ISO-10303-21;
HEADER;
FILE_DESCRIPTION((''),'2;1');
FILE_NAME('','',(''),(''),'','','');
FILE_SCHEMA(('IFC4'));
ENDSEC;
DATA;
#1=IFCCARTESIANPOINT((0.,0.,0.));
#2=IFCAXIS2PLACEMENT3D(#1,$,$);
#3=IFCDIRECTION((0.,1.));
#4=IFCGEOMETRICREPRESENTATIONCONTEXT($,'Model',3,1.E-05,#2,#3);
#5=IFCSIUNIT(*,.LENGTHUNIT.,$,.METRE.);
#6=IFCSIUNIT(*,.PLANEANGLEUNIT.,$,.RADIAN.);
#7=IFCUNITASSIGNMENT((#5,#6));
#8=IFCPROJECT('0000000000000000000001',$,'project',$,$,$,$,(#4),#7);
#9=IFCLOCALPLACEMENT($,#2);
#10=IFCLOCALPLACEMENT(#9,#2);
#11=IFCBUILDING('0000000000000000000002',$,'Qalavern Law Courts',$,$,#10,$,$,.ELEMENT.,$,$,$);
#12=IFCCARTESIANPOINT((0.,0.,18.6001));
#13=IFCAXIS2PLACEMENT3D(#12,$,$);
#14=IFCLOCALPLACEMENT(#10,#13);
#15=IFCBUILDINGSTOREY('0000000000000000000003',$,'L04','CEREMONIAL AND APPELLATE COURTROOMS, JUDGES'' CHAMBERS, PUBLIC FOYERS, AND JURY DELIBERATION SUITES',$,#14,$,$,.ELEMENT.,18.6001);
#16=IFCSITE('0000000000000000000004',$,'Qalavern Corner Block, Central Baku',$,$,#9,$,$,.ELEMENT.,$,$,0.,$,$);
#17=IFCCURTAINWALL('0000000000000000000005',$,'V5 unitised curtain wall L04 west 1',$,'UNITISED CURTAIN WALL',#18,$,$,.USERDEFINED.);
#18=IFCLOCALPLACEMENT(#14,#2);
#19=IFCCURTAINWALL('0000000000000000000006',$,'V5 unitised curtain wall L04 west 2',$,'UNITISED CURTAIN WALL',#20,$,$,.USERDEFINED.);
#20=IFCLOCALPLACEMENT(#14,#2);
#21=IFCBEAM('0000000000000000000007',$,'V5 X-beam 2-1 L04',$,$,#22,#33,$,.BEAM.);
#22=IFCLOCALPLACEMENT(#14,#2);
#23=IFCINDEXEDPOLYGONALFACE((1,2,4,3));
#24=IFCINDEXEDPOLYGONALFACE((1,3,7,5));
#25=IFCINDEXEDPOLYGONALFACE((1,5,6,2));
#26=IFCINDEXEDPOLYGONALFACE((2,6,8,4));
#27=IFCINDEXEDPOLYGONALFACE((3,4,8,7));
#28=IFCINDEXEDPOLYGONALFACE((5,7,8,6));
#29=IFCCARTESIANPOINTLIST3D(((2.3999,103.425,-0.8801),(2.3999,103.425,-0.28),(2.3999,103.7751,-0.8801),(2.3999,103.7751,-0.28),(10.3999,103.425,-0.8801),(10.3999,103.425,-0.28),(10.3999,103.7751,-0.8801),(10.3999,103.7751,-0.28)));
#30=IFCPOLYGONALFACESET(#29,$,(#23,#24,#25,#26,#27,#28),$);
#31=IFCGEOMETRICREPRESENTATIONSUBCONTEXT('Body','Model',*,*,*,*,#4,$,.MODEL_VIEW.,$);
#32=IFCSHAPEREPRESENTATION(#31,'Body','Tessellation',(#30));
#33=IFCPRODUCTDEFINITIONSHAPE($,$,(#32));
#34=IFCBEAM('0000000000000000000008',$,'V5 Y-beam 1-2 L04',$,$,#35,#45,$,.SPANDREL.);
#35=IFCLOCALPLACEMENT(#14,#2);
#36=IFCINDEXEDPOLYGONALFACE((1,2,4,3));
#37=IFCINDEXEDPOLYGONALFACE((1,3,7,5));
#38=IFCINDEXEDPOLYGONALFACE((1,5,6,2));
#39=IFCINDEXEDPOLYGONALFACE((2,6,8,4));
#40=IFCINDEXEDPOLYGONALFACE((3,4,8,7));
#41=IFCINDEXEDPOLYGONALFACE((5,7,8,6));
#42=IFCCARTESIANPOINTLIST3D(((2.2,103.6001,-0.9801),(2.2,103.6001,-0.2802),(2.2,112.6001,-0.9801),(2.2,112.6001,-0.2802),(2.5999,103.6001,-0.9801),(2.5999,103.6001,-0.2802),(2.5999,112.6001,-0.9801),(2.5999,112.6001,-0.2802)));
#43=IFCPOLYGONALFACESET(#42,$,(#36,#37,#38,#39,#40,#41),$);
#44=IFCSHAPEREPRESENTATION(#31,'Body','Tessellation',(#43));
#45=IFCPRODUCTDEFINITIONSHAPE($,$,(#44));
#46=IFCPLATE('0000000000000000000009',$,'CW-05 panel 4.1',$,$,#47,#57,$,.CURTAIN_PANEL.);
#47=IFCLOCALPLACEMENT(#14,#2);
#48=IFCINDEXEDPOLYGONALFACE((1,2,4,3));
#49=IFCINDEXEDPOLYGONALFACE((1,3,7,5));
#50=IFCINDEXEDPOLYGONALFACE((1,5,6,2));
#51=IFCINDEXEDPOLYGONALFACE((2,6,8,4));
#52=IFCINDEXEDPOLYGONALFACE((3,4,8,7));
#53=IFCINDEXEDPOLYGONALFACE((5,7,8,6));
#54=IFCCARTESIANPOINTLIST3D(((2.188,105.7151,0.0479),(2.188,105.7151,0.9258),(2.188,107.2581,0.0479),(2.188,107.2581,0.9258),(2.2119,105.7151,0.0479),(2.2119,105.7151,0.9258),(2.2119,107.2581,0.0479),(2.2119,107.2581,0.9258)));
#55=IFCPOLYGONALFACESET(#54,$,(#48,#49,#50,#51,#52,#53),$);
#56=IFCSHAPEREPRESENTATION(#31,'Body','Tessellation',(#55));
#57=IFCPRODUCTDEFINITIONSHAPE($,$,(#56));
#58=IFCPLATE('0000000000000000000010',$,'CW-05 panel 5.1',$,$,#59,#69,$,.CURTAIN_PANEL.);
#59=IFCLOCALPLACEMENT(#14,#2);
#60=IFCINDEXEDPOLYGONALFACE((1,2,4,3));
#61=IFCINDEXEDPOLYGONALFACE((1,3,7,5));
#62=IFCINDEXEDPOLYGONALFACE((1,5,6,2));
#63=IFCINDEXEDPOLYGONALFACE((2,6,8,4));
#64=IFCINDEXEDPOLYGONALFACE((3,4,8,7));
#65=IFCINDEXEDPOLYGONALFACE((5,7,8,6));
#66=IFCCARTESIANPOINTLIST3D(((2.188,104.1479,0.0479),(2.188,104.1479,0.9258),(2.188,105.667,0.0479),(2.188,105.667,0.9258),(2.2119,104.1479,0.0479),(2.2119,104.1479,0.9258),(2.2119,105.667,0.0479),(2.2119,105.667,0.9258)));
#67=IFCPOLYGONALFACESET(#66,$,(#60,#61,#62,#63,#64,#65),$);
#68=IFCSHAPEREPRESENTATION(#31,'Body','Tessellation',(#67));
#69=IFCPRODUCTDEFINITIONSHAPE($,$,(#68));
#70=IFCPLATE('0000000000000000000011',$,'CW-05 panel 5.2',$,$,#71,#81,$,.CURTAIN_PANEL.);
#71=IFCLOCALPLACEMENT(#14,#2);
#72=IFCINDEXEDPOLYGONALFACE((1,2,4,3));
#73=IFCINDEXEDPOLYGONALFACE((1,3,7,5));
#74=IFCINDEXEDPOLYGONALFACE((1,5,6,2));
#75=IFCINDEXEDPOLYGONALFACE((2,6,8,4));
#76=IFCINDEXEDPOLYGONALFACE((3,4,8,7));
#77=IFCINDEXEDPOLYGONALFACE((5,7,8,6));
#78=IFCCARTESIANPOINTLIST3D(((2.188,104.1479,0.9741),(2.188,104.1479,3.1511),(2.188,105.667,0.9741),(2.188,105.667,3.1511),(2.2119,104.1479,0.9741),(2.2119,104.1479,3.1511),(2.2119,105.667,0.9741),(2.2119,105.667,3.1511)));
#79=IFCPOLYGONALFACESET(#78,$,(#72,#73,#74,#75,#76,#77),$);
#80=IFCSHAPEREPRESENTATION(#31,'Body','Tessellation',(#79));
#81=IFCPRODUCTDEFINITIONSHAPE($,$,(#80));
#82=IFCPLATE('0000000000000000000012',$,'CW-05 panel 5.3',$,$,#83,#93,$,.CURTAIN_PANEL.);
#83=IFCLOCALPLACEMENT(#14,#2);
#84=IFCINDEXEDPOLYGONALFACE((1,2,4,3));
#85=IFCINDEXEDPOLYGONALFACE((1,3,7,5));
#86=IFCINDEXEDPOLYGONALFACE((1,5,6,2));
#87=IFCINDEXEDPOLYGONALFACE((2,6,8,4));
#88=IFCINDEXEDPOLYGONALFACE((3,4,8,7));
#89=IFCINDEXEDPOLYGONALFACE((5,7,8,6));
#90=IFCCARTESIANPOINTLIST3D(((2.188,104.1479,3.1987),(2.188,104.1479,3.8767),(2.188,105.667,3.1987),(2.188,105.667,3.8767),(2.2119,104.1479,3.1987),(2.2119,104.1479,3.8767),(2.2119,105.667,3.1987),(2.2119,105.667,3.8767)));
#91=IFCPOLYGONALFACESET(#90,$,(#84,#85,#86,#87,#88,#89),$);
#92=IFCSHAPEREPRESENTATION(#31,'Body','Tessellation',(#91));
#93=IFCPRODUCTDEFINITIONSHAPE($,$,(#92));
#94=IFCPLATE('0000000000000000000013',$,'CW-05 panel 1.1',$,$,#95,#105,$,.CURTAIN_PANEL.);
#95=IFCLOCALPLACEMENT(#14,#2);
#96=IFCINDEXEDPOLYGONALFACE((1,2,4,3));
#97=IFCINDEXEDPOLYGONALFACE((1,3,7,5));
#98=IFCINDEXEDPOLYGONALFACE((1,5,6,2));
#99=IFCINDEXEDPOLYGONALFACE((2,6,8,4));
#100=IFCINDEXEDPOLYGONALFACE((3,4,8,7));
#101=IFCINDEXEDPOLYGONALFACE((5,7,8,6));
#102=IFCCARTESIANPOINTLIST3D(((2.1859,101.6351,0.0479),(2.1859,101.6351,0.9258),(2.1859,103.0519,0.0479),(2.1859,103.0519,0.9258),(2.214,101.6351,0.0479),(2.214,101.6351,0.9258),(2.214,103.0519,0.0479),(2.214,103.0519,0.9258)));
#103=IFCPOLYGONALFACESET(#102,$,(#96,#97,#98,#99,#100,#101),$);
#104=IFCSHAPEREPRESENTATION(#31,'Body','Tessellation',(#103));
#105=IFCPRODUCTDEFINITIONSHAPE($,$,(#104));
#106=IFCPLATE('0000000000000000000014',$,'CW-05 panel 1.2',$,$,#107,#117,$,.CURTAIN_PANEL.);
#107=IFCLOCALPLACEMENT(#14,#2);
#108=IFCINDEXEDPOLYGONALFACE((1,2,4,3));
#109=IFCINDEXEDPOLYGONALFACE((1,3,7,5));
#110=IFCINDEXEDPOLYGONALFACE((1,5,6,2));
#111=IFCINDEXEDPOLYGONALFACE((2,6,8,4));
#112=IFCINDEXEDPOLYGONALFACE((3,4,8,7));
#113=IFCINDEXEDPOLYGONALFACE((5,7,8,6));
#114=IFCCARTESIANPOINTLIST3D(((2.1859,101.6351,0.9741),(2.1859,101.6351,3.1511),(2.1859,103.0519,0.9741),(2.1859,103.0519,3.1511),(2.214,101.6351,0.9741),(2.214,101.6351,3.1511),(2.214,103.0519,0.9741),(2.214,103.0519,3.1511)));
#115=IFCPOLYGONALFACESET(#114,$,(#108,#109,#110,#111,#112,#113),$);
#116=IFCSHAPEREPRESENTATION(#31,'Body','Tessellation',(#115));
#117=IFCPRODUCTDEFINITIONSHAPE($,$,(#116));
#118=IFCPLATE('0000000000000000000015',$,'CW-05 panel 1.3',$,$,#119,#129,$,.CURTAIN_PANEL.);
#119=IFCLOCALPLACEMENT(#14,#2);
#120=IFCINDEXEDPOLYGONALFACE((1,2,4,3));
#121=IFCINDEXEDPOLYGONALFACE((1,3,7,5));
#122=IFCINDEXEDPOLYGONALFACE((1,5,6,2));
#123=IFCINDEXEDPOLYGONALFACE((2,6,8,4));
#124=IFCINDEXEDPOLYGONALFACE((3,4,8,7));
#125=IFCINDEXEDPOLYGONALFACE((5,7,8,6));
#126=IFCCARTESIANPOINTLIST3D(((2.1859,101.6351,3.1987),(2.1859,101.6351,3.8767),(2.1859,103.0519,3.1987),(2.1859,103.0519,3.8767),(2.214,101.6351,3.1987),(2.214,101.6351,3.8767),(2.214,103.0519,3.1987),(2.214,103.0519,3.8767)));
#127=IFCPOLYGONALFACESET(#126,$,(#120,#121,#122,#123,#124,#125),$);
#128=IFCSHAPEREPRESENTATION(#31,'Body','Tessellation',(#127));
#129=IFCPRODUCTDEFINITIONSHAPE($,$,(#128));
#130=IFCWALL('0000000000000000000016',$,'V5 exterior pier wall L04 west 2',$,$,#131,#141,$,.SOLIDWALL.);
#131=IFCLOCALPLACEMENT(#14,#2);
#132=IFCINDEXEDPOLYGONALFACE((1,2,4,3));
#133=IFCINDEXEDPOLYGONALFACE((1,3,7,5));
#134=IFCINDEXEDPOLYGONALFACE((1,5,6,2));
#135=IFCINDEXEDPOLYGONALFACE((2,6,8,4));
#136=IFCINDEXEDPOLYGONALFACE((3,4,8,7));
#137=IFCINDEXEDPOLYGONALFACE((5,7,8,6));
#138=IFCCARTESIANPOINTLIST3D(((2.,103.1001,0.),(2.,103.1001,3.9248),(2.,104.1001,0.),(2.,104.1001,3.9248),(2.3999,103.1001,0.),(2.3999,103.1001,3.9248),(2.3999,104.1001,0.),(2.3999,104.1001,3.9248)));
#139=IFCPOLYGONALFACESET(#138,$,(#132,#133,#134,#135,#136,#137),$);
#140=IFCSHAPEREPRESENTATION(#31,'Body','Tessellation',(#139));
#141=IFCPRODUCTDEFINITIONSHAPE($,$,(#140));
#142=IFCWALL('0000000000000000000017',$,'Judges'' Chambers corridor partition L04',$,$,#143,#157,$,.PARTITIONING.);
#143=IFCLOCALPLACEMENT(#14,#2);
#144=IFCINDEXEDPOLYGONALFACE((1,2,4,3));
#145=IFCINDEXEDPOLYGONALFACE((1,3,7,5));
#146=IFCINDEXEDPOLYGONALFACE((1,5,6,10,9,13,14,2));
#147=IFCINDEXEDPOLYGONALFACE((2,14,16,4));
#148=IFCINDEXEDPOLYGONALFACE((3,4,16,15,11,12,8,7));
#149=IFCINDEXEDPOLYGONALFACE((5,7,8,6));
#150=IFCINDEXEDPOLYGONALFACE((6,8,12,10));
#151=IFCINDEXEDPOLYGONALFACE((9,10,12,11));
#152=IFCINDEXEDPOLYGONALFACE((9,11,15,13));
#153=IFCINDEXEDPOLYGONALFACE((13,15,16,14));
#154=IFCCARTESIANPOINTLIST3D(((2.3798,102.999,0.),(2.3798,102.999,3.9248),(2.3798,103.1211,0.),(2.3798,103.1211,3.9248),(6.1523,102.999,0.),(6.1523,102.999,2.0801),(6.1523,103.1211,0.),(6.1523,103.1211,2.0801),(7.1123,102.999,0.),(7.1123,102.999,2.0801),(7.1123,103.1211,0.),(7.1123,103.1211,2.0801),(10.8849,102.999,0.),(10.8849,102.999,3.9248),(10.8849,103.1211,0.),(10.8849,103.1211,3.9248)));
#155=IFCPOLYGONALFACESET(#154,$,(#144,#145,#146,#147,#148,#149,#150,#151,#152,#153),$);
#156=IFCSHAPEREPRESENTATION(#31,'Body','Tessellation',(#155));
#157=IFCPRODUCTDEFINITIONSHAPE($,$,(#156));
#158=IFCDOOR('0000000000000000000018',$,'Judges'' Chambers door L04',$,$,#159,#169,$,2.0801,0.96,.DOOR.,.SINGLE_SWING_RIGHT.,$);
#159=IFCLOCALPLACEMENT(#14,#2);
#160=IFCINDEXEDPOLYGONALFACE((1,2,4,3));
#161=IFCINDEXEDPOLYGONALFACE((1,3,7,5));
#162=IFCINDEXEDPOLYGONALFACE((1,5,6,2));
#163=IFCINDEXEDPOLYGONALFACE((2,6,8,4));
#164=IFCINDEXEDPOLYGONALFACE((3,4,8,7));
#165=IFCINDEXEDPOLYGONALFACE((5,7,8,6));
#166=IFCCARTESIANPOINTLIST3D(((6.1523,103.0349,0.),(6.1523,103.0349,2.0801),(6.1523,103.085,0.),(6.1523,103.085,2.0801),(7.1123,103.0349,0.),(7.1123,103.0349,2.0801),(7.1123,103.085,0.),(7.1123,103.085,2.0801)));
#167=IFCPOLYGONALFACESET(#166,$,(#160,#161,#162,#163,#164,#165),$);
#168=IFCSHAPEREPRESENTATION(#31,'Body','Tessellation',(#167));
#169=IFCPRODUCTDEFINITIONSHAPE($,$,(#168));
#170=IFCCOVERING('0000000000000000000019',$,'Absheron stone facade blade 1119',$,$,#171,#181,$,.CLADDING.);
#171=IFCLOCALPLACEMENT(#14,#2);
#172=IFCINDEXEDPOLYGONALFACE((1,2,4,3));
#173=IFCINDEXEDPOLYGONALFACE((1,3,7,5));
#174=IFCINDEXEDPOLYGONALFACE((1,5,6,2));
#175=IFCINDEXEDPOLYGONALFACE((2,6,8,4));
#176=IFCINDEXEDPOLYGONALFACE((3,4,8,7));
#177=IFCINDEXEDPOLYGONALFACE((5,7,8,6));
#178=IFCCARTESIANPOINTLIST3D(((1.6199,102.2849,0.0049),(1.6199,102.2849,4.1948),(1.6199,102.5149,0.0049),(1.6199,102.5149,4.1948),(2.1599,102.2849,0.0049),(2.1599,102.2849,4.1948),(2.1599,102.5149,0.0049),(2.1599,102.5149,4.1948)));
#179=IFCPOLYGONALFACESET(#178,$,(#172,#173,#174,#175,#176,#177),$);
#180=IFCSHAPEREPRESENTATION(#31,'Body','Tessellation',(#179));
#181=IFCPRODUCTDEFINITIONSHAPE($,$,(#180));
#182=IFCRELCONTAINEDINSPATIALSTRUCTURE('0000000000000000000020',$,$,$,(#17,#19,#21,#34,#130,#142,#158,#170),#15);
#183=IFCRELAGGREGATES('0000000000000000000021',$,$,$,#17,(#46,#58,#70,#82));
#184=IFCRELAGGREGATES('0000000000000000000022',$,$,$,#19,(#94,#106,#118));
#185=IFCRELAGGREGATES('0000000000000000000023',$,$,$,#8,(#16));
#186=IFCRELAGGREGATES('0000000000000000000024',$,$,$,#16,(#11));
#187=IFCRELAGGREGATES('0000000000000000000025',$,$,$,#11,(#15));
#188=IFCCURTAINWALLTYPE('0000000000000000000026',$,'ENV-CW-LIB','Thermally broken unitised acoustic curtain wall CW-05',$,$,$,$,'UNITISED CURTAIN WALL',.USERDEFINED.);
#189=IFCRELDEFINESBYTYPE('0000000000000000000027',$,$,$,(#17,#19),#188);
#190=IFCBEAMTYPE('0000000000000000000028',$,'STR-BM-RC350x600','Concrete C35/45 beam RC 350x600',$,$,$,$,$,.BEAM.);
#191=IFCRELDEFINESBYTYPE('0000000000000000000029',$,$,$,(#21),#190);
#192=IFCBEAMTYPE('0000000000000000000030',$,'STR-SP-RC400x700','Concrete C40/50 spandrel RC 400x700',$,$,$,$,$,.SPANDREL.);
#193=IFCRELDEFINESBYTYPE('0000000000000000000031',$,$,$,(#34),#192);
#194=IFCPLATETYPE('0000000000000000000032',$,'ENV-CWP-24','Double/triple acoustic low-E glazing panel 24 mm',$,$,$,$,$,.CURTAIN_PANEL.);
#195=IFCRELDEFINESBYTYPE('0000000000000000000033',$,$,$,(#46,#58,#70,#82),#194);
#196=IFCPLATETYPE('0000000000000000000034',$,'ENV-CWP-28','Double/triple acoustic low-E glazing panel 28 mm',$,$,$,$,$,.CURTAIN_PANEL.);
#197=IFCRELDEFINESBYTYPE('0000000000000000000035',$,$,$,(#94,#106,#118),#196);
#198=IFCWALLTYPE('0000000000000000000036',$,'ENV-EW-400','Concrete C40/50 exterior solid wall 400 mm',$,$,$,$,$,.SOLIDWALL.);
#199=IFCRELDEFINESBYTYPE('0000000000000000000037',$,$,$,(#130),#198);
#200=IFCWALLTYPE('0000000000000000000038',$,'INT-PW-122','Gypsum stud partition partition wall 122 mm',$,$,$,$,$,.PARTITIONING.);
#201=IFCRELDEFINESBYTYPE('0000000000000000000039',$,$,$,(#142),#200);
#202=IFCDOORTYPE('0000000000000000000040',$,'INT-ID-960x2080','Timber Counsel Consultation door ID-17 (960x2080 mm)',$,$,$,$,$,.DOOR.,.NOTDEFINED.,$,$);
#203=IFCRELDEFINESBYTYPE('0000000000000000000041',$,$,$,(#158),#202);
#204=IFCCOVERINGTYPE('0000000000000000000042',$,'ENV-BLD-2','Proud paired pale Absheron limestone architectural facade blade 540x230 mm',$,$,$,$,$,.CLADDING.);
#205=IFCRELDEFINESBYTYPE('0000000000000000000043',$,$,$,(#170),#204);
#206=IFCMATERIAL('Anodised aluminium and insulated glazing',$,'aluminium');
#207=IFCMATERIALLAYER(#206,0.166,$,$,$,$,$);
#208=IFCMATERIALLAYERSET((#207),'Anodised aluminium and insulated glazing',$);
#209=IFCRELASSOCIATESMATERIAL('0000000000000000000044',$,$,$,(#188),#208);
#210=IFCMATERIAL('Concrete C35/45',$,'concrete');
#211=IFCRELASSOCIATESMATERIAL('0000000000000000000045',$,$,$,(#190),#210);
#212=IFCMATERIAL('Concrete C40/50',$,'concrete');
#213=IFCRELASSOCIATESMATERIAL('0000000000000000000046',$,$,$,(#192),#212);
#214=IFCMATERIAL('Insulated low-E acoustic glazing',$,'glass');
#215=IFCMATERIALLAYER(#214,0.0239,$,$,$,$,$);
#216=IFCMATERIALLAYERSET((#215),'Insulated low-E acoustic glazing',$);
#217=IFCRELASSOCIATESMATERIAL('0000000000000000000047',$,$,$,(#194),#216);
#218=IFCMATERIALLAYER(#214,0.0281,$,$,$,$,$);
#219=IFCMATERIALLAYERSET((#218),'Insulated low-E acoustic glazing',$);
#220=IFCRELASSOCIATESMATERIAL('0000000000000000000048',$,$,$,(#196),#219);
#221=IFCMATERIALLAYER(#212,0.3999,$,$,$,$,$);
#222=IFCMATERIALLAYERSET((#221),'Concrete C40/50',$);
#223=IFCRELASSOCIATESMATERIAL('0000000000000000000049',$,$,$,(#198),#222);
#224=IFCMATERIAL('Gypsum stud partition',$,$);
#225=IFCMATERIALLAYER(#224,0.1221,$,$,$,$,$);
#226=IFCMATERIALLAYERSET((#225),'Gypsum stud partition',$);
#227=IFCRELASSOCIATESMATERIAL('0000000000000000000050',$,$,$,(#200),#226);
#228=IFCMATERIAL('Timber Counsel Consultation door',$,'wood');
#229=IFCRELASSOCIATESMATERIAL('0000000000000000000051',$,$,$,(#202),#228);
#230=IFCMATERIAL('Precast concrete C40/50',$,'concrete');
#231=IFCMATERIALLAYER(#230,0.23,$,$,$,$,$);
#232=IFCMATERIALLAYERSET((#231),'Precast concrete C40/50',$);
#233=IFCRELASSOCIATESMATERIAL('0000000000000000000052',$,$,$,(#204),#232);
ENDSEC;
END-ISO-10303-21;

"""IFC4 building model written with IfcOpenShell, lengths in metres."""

from ifc_helpers import new_model, si_unit, direction, frame, frame_2d, origin, origin_2d, place, context, subcontext, project, spatial, rectangle, extrude, material, layer, layer_set, material_profile, profile_set, type_object, element, fill, aggregate, save


model = new_model("IFC4")

# Units and contexts
model_context = context("Model", 3, precision=1e-05, world=origin(), true_north=direction((0.0, 1.0)))
body_context = subcontext(model_context, "Body", "Model", "MODEL_VIEW")
ifc_project = project(units=[si_unit("LENGTHUNIT", "METRE"), si_unit("PLANEANGLEUNIT", "RADIAN")], contexts=[model_context])

# Site, building, storey
site_placement = place(None, origin())
site = spatial("IfcSite", under=ifc_project, at=site_placement, Name="Qalavern Corner Block, Central Baku", CompositionType="ELEMENT", RefElevation=0.0)
building_placement = place(site_placement, origin())
building = spatial("IfcBuilding", under=site, at=building_placement, Name="Qalavern Law Courts", CompositionType="ELEMENT")
storey_placement = place(building_placement, frame((0.0, 0.0, 18.6001)))
storey = spatial("IfcBuildingStorey", under=building, at=storey_placement, Name="L04", Description="CEREMONIAL AND APPELLATE COURTROOMS, JUDGES' CHAMBERS, PUBLIC FOYERS, AND JURY DELIBERATION SUITES", CompositionType="ELEMENT", Elevation=18.6001)

# Curtain walls
ifc_material_1 = material(Name="Anodised aluminium and insulated glazing", Category="aluminium")
ifc_layer_1 = layer(ifc_material_1, 0.166)
ifc_layer_set_1 = layer_set([ifc_layer_1], Name="Anodised aluminium and insulated glazing")
curtain_wall_type = type_object("IfcCurtainWallType", Name="ENV-CW-LIB", Description="Thermally broken unitised acoustic curtain wall CW-05", ElementType="UNITISED CURTAIN WALL", PredefinedType="USERDEFINED", material=ifc_layer_set_1)
curtain_wall_1_placement = place(storey_placement, origin())
curtain_wall_1 = element("IfcCurtainWall", 1, at=curtain_wall_1_placement, inside=storey, type_object=curtain_wall_type, Name="V5 unitised curtain wall L04 west 1", ObjectType="UNITISED CURTAIN WALL", PredefinedType="USERDEFINED")
curtain_wall_2_placement = place(storey_placement, origin())
curtain_wall_2 = element("IfcCurtainWall", 2, at=curtain_wall_2_placement, inside=storey, type_object=curtain_wall_type, Name="V5 unitised curtain wall L04 west 2", ObjectType="UNITISED CURTAIN WALL", PredefinedType="USERDEFINED")

# Beams
ifc_material_2 = material(Name="Concrete C35/45", Category="concrete")
ifc_material_profile_1 = material_profile(ifc_material_2, rectangle(XDim=0.3501, YDim=0.6001, at=origin_2d()), Name="RC 350x600")
ifc_profile_set_1 = profile_set([ifc_material_profile_1], Name="Concrete C35/45")
beam_type_1 = type_object("IfcBeamType", Name="STR-BM-RC350x600", Description="Concrete C35/45 beam RC 350x600", PredefinedType="BEAM", material=ifc_profile_set_1)
beam_1_placement = place(storey_placement, frame((2.3999, 103.6001, -0.5801), z_axis=(1.0, 0.0, 0.0), x_axis=(0.0, 1.0, 0.0)))
element("IfcBeam", 3, at=beam_1_placement, inside=storey, type_object=beam_type_1, Name="V5 X-beam 2-1 L04", PredefinedType="BEAM", context=body_context, shape_type="SweptSolid", body=[
    extrude(rectangle(XDim=0.3501, YDim=0.6001, at=origin_2d()), origin(), (0.0, 0.0, 1.0), 8.0),
])
ifc_material_3 = material(Name="Concrete C40/50", Category="concrete")
ifc_material_profile_2 = material_profile(ifc_material_3, rectangle(XDim=0.3999, YDim=0.7, at=origin_2d()), Name="RC 400x700")
ifc_profile_set_2 = profile_set([ifc_material_profile_2], Name="Concrete C40/50")
beam_type_2 = type_object("IfcBeamType", Name="STR-SP-RC400x700", Description="Concrete C40/50 spandrel RC 400x700", PredefinedType="SPANDREL", material=ifc_profile_set_2)
beam_2_placement = place(storey_placement, frame((2.3999, 103.6001, -0.6301), z_axis=(0.0, 1.0, 0.0), x_axis=(-1.0, 0.0, 0.0)))
element("IfcBeam", 4, at=beam_2_placement, inside=storey, type_object=beam_type_2, Name="V5 Y-beam 1-2 L04", PredefinedType="SPANDREL", context=body_context, shape_type="SweptSolid", body=[
    extrude(rectangle(XDim=0.3999, YDim=0.7, at=origin_2d()), origin(), (0.0, 0.0, 1.0), 9.0),
])

# Plates
ifc_material_4 = material(Name="Insulated low-E acoustic glazing", Category="glass")
ifc_layer_2 = layer(ifc_material_4, 0.0239)
ifc_layer_set_2 = layer_set([ifc_layer_2], Name="Insulated low-E acoustic glazing")
plate_type_1 = type_object("IfcPlateType", Name="ENV-CWP-24", Description="Double/triple acoustic low-E glazing panel 24 mm", PredefinedType="CURTAIN_PANEL", material=ifc_layer_set_2)
plate_1_placement = place(storey_placement, frame((2.2, 106.4866, 0.0479), z_axis=(0.0, 0.0, 1.0), x_axis=(0.0, -1.0, 0.0)))
plate_1 = element("IfcPlate", 5, at=plate_1_placement, type_object=plate_type_1, Name="CW-05 panel 4.1", PredefinedType="CURTAIN_PANEL", context=body_context, shape_type="SweptSolid", body=[
    extrude(rectangle(XDim=1.543, YDim=0.0239, at=origin_2d()), origin(), (0.0, 0.0, 1.0), 0.8779),
])
plate_2_placement = place(storey_placement, frame((2.2, 104.9075, 0.0479), z_axis=(0.0, 0.0, 1.0), x_axis=(0.0, -1.0, 0.0)))
plate_2 = element("IfcPlate", 6, at=plate_2_placement, type_object=plate_type_1, Name="CW-05 panel 5.1", PredefinedType="CURTAIN_PANEL", context=body_context, shape_type="SweptSolid", body=[
    extrude(rectangle(XDim=1.519, YDim=0.0239, at=origin_2d()), origin(), (0.0, 0.0, 1.0), 0.8779),
])
plate_3_placement = place(storey_placement, frame((2.2, 104.9075, 0.9741), z_axis=(0.0, 0.0, 1.0), x_axis=(0.0, -1.0, 0.0)))
plate_3 = element("IfcPlate", 7, at=plate_3_placement, type_object=plate_type_1, Name="CW-05 panel 5.2", PredefinedType="CURTAIN_PANEL", context=body_context, shape_type="SweptSolid", body=[
    extrude(rectangle(XDim=1.519, YDim=0.0239, at=origin_2d()), origin(), (0.0, 0.0, 1.0), 2.177),
])
plate_4_placement = place(storey_placement, frame((2.2, 104.9075, 3.1987), z_axis=(0.0, 0.0, 1.0), x_axis=(0.0, -1.0, 0.0)))
plate_4 = element("IfcPlate", 8, at=plate_4_placement, type_object=plate_type_1, Name="CW-05 panel 5.3", PredefinedType="CURTAIN_PANEL", context=body_context, shape_type="SweptSolid", body=[
    extrude(rectangle(XDim=1.519, YDim=0.0239, at=origin_2d()), origin(), (0.0, 0.0, 1.0), 0.678),
])
aggregate(curtain_wall_1, [plate_1, plate_2, plate_3, plate_4])
ifc_layer_3 = layer(ifc_material_4, 0.0281)
ifc_layer_set_3 = layer_set([ifc_layer_3], Name="Insulated low-E acoustic glazing")
plate_type_2 = type_object("IfcPlateType", Name="ENV-CWP-28", Description="Double/triple acoustic low-E glazing panel 28 mm", PredefinedType="CURTAIN_PANEL", material=ifc_layer_set_3)
plate_5_placement = place(storey_placement, frame((2.2, 102.3435, 0.0479), z_axis=(0.0, 0.0, 1.0), x_axis=(0.0, -1.0, 0.0)))
plate_5 = element("IfcPlate", 9, at=plate_5_placement, type_object=plate_type_2, Name="CW-05 panel 1.1", PredefinedType="CURTAIN_PANEL", context=body_context, shape_type="SweptSolid", body=[
    extrude(rectangle(XDim=1.4167, YDim=0.0281, at=origin_2d()), origin(), (0.0, 0.0, 1.0), 0.8779),
])
plate_6_placement = place(storey_placement, frame((2.2, 102.3435, 0.9741), z_axis=(0.0, 0.0, 1.0), x_axis=(0.0, -1.0, 0.0)))
plate_6 = element("IfcPlate", 10, at=plate_6_placement, type_object=plate_type_2, Name="CW-05 panel 1.2", PredefinedType="CURTAIN_PANEL", context=body_context, shape_type="SweptSolid", body=[
    extrude(rectangle(XDim=1.4167, YDim=0.0281, at=origin_2d()), origin(), (0.0, 0.0, 1.0), 2.177),
])
plate_7_placement = place(storey_placement, frame((2.2, 102.3435, 3.1987), z_axis=(0.0, 0.0, 1.0), x_axis=(0.0, -1.0, 0.0)))
plate_7 = element("IfcPlate", 11, at=plate_7_placement, type_object=plate_type_2, Name="CW-05 panel 1.3", PredefinedType="CURTAIN_PANEL", context=body_context, shape_type="SweptSolid", body=[
    extrude(rectangle(XDim=1.4167, YDim=0.0281, at=origin_2d()), origin(), (0.0, 0.0, 1.0), 0.678),
])
aggregate(curtain_wall_2, [plate_5, plate_6, plate_7])

# Wall
ifc_layer_4 = layer(ifc_material_3, 0.3999)
ifc_layer_set_4 = layer_set([ifc_layer_4], Name="Concrete C40/50")
wall_type_1 = type_object("IfcWallType", Name="ENV-EW-400", Description="Concrete C40/50 exterior solid wall 400 mm", PredefinedType="SOLIDWALL", material=ifc_layer_set_4)
wall_1_placement = place(storey_placement, frame((2.2, 104.1001, 0.0), z_axis=(0.0, 0.0, 1.0), x_axis=(0.0, -1.0, 0.0)))
element("IfcWall", 12, at=wall_1_placement, inside=storey, type_object=wall_type_1, Name="V5 exterior pier wall L04 west 2", PredefinedType="SOLIDWALL", context=body_context, shape_type="SweptSolid", body=[
    extrude(rectangle(XDim=1.0, YDim=0.3999, at=frame_2d((0.5, 0.0))), origin(), (0.0, 0.0, 1.0), 3.9248),
])

# Wall, opening, door
ifc_material_5 = material(Name="Gypsum stud partition")
ifc_layer_5 = layer(ifc_material_5, 0.1221)
ifc_layer_set_5 = layer_set([ifc_layer_5], Name="Gypsum stud partition")
wall_type_2 = type_object("IfcWallType", Name="INT-PW-122", Description="Gypsum stud partition partition wall 122 mm", PredefinedType="PARTITIONING", material=ifc_layer_set_5)
wall_2_placement = place(storey_placement, frame((2.3799, 103.0601, 0.0), z_axis=(0.0, 0.0, 1.0), x_axis=(1.0, 0.0, 0.0)))
wall_2 = element("IfcWall", 13, at=wall_2_placement, inside=storey, type_object=wall_type_2, Name="Judges' Chambers corridor partition L04", PredefinedType="PARTITIONING", context=body_context, shape_type="SweptSolid", body=[
    extrude(rectangle(XDim=8.5051, YDim=0.1221, at=frame_2d((4.2524, 0.0))), origin(), (0.0, 0.0, 1.0), 3.9248),
])
opening_placement = place(wall_2_placement, frame((3.7725, 0.0, 0.0)))
opening = element("IfcOpeningElement", 14, at=opening_placement, cuts=wall_2, PredefinedType="OPENING", context=body_context, shape_type="SweptSolid", body=[
    extrude(rectangle(XDim=0.96, YDim=2.0801, at=frame_2d((0.48, 1.04))), frame((0.0, 0.0759, 0.0), z_axis=(0.0, -1.0, 0.0), x_axis=(1.0, 0.0, 0.0)), (0.0, 0.0, 1.0), 0.1519),
])
ifc_material_6 = material(Name="Timber Counsel Consultation door", Category="wood")
door_type = type_object("IfcDoorType", Name="INT-ID-960x2080", Description="Timber Counsel Consultation door ID-17 (960x2080 mm)", OperationType="NOTDEFINED", PredefinedType="DOOR", material=ifc_material_6)
door_placement = place(opening_placement, origin())
door = element("IfcDoor", 15, at=door_placement, inside=storey, type_object=door_type, Name="Judges' Chambers door L04", OperationType="SINGLE_SWING_RIGHT", OverallHeight=2.0801, OverallWidth=0.96, PredefinedType="DOOR", context=body_context, shape_type="SweptSolid", body=[
    extrude(rectangle(XDim=0.96, YDim=2.0801, at=frame_2d((0.48, 1.04))), frame((0.0, 0.0249, 0.0), z_axis=(0.0, -1.0, 0.0), x_axis=(1.0, 0.0, 0.0)), (0.0, 0.0, 1.0), 0.05),
])
fill(opening, door)

# Covering
ifc_material_7 = material(Name="Precast concrete C40/50", Category="concrete")
ifc_layer_6 = layer(ifc_material_7, 0.23)
ifc_layer_set_6 = layer_set([ifc_layer_6], Name="Precast concrete C40/50")
covering_type_1 = type_object("IfcCoveringType", Name="ENV-BLD-2", Description="Proud paired pale Absheron limestone architectural facade blade 540x230 mm", PredefinedType="CLADDING", material=ifc_layer_set_6)
for number, where, z_axis, x_axis, name in (
    (16, (1.8899, 102.3999, 0.0049), (0.0, 0.0, 1.0), (-1.0, 0.0, 0.0), "Absheron stone facade blade 1119"),
):
    element("IfcCovering", number, at=place(storey_placement, frame(where, z_axis=z_axis, x_axis=x_axis)), inside=storey, type_object=covering_type_1, Name=name, PredefinedType="CLADDING", context=body_context, shape_type="SweptSolid", body=[
        extrude(rectangle(XDim=0.54, YDim=0.23, at=origin_2d()), origin(), (0.0, 0.0, 1.0), 4.1899),
    ])

save(model, "model.ifc")
